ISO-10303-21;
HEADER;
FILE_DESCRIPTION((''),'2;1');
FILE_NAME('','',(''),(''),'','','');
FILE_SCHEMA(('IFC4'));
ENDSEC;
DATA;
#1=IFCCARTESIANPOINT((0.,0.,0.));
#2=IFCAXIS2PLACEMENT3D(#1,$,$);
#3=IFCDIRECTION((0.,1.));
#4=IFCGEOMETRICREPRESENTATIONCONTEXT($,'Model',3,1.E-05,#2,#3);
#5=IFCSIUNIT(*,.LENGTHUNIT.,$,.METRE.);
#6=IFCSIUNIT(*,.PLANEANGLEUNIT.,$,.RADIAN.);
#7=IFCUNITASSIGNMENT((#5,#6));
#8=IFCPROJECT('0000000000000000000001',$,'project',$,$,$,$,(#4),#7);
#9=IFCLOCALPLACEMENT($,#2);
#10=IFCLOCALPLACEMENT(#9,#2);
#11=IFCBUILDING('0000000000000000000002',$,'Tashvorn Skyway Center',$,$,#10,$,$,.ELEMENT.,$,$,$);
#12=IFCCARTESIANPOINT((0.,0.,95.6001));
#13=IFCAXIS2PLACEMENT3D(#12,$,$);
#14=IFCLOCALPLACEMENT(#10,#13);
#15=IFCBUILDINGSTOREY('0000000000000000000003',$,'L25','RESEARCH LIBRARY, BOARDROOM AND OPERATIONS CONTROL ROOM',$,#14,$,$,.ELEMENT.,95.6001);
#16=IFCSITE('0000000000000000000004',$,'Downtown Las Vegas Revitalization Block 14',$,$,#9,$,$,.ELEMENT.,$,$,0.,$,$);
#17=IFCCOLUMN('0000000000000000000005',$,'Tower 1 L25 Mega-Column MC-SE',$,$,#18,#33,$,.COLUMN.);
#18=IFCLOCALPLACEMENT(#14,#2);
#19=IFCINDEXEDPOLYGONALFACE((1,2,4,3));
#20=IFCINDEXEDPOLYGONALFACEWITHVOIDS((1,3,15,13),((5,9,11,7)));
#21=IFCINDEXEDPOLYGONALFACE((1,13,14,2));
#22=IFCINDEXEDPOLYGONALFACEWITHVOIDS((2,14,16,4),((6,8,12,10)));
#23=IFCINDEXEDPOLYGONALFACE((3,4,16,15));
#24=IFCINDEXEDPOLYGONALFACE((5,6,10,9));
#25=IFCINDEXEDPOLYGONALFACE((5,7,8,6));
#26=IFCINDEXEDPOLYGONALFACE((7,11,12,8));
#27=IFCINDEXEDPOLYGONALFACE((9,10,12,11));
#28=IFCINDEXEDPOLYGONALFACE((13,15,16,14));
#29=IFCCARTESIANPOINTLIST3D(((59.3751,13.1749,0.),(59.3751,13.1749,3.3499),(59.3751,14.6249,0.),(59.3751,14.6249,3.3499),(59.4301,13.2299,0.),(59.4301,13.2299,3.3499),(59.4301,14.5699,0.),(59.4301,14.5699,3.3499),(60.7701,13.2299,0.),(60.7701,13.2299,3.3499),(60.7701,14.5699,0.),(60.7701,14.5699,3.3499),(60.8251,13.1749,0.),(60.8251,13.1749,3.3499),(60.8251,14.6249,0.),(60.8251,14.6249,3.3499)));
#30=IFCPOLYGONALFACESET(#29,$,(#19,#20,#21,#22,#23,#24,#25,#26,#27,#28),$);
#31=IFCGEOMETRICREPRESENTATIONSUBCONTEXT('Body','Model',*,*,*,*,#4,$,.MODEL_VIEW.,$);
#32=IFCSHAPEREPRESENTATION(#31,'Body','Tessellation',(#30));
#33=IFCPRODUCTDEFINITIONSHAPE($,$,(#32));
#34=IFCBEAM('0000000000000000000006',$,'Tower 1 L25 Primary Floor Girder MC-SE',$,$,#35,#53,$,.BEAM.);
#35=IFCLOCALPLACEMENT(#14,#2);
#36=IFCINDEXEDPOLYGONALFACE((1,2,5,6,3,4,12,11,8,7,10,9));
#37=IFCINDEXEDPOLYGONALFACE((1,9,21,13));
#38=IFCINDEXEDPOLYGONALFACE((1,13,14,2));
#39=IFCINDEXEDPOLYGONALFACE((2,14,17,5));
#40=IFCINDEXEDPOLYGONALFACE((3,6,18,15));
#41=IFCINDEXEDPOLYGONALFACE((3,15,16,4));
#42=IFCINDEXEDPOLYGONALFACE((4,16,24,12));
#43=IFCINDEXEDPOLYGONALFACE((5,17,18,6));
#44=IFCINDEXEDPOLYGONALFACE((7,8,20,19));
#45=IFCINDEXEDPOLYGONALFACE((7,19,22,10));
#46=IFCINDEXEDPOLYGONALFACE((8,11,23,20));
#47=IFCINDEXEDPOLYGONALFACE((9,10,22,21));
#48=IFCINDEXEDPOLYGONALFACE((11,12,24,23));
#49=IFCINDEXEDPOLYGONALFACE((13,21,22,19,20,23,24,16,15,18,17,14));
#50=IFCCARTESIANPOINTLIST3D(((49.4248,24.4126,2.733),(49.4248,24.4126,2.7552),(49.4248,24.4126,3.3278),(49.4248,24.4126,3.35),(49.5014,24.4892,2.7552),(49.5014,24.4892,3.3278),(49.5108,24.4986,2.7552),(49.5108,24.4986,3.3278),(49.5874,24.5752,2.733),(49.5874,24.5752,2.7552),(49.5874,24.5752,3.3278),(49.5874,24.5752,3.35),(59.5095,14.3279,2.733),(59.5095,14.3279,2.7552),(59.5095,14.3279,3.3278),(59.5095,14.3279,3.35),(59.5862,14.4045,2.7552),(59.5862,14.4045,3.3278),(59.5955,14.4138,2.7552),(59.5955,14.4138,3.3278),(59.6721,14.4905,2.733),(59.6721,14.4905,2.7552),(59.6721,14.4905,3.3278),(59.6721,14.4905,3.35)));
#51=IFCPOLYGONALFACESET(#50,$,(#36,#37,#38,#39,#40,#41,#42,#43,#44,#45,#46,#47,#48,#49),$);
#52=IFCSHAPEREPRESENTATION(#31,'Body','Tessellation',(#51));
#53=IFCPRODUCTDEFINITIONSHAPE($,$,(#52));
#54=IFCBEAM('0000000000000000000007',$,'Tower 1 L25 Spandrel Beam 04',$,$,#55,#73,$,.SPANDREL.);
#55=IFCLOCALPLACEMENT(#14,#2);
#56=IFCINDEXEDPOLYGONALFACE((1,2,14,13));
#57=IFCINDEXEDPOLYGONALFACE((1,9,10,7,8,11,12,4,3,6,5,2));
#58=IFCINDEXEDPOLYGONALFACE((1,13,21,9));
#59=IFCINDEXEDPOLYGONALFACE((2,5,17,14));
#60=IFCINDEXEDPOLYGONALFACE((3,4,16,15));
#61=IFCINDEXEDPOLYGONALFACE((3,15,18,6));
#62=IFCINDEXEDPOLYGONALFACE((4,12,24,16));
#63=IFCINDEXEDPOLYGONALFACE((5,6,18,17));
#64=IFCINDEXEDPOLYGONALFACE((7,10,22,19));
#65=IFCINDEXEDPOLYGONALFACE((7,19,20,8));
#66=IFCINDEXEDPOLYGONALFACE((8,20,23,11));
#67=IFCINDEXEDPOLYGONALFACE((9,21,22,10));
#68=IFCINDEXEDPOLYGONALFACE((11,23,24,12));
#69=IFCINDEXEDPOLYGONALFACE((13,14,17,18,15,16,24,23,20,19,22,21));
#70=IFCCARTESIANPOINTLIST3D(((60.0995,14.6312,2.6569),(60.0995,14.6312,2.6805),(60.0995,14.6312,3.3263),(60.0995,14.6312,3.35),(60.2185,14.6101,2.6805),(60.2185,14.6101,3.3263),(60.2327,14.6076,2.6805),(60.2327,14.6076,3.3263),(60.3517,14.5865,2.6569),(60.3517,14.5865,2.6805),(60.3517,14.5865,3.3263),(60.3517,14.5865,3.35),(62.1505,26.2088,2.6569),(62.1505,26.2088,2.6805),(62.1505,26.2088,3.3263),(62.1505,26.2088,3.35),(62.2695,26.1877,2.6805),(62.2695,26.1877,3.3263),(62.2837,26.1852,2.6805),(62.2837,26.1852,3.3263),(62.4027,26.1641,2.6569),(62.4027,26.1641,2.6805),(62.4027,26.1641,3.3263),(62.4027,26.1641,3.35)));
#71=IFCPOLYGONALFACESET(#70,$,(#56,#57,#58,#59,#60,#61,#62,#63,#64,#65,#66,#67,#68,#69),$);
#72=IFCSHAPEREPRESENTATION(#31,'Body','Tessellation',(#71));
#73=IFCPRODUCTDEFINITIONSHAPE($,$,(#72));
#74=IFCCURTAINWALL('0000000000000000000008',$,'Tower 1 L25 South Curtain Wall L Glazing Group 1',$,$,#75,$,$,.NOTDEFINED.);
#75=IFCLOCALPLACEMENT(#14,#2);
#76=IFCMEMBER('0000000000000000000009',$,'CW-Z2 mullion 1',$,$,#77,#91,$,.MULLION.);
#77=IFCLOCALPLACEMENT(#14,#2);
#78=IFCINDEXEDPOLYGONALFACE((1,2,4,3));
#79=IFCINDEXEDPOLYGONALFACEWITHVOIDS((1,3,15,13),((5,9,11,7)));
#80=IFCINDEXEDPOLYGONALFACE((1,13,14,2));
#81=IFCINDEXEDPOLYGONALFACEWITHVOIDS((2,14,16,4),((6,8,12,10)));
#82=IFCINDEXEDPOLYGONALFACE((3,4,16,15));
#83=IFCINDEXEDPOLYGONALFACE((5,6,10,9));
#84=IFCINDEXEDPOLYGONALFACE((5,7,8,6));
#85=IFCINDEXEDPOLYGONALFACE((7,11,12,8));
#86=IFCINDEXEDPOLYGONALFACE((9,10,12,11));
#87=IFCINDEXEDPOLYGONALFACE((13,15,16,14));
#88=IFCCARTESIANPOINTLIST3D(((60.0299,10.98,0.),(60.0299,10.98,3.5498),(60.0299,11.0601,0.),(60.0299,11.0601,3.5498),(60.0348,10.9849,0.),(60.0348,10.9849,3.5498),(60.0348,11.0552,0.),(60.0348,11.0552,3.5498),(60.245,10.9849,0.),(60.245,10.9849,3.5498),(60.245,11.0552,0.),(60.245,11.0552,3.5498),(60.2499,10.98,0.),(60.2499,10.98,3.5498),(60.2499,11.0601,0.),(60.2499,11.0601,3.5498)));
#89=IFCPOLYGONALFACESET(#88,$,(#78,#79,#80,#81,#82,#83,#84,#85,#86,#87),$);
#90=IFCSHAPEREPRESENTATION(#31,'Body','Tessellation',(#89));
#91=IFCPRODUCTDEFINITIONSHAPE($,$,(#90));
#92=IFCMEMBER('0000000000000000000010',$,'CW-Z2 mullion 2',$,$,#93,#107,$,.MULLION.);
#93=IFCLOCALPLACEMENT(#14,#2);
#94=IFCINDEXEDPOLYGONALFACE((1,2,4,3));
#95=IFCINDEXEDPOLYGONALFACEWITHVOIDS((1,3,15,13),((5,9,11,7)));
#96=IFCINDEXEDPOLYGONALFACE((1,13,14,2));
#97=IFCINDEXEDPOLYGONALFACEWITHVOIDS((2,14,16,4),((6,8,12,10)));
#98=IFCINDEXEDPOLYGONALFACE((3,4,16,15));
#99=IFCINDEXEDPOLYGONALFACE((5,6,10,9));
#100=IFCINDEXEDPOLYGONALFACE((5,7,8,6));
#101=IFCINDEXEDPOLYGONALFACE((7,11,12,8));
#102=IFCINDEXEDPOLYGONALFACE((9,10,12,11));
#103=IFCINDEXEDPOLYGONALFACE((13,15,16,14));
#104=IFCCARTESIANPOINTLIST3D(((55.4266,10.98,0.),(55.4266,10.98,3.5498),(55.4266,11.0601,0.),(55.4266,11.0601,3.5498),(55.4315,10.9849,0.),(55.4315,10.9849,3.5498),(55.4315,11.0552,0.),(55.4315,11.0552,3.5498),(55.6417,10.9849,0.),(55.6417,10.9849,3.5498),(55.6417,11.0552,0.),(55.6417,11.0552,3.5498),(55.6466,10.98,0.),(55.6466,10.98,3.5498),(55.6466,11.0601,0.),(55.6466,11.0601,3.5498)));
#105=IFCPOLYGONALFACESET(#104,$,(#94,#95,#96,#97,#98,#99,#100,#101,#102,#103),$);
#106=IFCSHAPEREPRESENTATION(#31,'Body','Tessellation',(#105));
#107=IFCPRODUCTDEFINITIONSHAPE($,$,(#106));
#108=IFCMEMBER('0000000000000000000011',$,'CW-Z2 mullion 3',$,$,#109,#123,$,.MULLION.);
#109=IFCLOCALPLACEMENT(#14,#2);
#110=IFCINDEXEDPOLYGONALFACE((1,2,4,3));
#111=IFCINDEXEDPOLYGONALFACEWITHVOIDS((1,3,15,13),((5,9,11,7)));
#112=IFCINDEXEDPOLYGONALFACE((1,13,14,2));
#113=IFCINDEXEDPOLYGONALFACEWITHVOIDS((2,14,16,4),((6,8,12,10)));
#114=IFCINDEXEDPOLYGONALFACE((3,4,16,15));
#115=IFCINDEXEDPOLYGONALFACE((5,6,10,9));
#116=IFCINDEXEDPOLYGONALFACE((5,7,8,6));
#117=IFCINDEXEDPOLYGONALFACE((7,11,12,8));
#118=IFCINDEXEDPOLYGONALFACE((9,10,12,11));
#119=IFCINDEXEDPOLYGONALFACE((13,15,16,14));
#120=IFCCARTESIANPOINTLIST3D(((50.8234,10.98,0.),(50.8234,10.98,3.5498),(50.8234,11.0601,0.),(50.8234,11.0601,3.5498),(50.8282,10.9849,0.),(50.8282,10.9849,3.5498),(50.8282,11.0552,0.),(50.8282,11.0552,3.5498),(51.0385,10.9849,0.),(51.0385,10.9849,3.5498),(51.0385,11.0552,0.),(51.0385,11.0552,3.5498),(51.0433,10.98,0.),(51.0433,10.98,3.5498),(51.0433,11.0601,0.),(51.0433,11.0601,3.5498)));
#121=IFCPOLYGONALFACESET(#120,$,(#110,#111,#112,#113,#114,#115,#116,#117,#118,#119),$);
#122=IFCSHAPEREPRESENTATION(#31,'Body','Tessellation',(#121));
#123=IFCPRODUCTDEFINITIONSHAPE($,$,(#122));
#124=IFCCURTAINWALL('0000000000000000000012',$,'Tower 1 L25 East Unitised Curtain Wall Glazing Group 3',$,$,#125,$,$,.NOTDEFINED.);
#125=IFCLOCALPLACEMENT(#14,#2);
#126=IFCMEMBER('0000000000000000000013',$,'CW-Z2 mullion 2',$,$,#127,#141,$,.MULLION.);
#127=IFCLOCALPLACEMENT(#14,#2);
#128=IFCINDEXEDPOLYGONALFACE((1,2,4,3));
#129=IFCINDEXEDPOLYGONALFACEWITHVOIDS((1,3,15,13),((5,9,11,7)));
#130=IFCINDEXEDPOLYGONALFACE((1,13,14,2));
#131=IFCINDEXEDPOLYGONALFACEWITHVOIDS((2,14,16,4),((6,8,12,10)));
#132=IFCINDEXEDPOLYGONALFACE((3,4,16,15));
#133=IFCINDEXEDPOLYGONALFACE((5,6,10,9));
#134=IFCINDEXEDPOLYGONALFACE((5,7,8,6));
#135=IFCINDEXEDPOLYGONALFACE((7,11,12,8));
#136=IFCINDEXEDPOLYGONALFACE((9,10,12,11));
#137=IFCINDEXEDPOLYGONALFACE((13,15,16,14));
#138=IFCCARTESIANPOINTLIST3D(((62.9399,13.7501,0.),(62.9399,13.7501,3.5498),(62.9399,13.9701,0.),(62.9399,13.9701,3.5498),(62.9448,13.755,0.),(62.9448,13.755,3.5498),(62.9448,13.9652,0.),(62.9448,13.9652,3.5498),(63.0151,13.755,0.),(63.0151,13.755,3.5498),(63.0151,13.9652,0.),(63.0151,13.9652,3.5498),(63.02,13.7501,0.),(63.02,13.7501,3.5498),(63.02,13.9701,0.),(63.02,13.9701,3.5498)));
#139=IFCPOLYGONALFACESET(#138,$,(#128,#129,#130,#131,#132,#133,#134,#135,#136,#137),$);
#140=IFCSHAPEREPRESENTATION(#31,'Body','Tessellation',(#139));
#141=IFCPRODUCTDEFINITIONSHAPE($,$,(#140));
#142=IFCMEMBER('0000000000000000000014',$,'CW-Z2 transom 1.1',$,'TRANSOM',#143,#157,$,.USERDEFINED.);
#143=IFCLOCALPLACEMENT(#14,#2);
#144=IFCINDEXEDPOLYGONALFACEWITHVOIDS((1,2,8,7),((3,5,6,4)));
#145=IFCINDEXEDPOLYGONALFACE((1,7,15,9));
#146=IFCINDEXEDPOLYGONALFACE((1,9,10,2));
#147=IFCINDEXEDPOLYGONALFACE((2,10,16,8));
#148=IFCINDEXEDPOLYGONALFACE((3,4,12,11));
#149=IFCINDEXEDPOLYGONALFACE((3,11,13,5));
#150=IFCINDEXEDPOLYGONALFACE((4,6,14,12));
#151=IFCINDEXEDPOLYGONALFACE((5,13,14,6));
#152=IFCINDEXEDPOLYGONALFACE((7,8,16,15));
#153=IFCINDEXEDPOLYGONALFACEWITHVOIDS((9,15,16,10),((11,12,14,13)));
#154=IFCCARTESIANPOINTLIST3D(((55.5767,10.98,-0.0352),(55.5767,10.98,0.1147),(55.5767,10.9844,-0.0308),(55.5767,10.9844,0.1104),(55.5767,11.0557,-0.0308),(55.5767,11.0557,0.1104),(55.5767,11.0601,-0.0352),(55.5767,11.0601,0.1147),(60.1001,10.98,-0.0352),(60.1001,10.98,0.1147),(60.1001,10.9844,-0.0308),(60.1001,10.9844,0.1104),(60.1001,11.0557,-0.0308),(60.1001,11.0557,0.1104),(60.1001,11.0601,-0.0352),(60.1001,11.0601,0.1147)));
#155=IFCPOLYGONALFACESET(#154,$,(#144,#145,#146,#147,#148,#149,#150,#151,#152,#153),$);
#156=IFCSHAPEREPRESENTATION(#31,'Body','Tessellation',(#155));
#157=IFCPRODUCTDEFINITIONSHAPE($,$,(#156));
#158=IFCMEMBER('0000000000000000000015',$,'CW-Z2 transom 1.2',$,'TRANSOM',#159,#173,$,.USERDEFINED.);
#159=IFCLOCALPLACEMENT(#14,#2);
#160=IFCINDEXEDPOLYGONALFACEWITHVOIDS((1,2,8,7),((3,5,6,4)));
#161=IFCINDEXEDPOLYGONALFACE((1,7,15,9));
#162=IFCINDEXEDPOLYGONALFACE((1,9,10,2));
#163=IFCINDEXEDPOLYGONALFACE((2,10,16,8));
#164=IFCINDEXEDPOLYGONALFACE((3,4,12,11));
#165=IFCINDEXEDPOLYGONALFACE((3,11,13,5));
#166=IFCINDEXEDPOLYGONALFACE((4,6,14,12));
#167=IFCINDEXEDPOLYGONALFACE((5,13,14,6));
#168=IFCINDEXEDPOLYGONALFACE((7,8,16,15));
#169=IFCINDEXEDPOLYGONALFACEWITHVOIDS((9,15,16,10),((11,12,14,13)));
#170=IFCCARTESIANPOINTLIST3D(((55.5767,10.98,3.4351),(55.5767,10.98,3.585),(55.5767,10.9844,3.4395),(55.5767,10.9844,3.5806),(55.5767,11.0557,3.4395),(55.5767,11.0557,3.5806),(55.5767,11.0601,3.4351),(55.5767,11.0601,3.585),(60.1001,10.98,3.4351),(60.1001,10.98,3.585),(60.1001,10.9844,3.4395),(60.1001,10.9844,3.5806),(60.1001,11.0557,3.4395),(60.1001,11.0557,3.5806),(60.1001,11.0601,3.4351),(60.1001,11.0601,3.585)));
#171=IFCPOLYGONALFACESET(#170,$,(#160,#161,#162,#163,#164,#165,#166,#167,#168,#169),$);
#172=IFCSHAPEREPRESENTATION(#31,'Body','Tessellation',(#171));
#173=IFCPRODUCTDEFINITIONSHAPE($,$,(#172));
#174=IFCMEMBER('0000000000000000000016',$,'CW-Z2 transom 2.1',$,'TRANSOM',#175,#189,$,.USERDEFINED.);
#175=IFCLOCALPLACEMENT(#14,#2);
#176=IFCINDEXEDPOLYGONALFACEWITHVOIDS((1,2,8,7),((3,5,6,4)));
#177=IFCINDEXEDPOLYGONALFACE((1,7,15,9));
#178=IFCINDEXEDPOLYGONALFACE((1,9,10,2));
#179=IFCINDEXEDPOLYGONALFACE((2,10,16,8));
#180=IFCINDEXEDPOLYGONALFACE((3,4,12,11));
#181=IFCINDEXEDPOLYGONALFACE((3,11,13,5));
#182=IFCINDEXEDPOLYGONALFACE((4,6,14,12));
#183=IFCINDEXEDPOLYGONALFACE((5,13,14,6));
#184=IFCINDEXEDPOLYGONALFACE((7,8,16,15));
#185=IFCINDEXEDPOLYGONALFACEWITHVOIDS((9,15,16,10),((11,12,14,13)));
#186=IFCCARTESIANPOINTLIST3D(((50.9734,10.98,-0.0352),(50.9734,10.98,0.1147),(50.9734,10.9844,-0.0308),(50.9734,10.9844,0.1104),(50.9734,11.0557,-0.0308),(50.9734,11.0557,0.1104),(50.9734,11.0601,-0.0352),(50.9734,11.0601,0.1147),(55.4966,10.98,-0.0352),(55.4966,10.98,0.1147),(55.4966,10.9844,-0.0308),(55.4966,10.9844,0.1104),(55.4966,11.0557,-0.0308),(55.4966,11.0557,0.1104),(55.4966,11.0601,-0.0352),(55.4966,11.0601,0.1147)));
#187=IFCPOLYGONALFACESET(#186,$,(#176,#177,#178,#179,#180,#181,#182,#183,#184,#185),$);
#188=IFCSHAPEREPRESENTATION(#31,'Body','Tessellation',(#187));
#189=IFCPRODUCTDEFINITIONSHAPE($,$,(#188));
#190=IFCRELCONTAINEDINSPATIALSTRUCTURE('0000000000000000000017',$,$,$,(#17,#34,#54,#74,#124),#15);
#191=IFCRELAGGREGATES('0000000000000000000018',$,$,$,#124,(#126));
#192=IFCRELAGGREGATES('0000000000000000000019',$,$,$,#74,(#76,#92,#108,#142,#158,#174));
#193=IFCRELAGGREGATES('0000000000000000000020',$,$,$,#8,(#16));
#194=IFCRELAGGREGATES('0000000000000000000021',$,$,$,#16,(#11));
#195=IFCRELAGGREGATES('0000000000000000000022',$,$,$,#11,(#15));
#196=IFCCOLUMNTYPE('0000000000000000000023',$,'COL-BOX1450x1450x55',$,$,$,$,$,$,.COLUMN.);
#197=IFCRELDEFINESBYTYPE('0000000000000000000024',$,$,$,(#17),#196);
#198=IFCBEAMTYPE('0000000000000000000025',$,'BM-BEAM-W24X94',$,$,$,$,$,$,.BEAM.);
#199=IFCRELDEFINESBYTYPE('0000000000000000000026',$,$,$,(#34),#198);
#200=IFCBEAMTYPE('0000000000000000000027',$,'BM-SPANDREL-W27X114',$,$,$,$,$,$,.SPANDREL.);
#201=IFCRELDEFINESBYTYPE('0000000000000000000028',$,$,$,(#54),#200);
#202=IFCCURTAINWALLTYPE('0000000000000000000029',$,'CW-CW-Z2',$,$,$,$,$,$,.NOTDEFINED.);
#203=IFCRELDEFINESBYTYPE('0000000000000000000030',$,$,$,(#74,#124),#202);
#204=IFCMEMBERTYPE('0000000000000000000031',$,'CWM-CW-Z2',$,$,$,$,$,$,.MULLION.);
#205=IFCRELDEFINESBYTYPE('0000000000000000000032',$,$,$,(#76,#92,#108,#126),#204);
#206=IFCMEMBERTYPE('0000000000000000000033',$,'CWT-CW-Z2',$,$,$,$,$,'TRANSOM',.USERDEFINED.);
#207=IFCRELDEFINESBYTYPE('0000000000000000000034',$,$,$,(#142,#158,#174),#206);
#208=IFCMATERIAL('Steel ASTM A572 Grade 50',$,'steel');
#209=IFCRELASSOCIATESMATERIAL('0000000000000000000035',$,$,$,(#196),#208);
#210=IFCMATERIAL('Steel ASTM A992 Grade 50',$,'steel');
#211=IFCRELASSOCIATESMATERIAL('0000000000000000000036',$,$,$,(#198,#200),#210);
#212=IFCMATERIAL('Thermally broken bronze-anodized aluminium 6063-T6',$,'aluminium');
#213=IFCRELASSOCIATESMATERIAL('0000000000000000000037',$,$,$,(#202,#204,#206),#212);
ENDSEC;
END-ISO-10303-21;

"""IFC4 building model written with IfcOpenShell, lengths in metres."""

from ifc_helpers import new_model, si_unit, direction, frame, origin, origin_2d, place, context, subcontext, project, spatial, hollow_rectangle, i_section, extrude, material, material_profile, profile_set, type_object, element, aggregate, save


model = new_model("IFC4")

# Units and contexts
model_context = context("Model", 3, precision=1e-05, world=origin(), true_north=direction((0.0, 1.0)))
body_context = subcontext(model_context, "Body", "Model", "MODEL_VIEW")
ifc_project = project(units=[si_unit("LENGTHUNIT", "METRE"), si_unit("PLANEANGLEUNIT", "RADIAN")], contexts=[model_context])

# Site, building, storey
site_placement = place(None, origin())
site = spatial("IfcSite", under=ifc_project, at=site_placement, Name="Downtown Las Vegas Revitalization Block 14", CompositionType="ELEMENT", RefElevation=0.0)
building_placement = place(site_placement, origin())
building = spatial("IfcBuilding", under=site, at=building_placement, Name="Tashvorn Skyway Center", CompositionType="ELEMENT")
storey_placement = place(building_placement, frame((0.0, 0.0, 95.6001)))
storey = spatial("IfcBuildingStorey", under=building, at=storey_placement, Name="L25", Description="RESEARCH LIBRARY, BOARDROOM AND OPERATIONS CONTROL ROOM", CompositionType="ELEMENT", Elevation=95.6001)

# Column
ifc_material_1 = material(Name="Steel ASTM A572 Grade 50", Category="steel")
ifc_material_profile_1 = material_profile(ifc_material_1, hollow_rectangle(XDim=1.45, YDim=1.45, WallThickness=0.0549, at=origin_2d()), Name="BOX1450x1450x55")
ifc_profile_set_1 = profile_set([ifc_material_profile_1], Name="Steel ASTM A572 Grade 50")
column_type = type_object("IfcColumnType", Name="COL-BOX1450x1450x55", PredefinedType="COLUMN", material=ifc_profile_set_1)
column_placement = place(storey_placement, frame((60.1001, 13.8999, 0.0), z_axis=(0.0, 0.0, 1.0), x_axis=(1.0, 0.0, 0.0)))
element("IfcColumn", 1, at=column_placement, inside=storey, type_object=column_type, Name="Tower 1 L25 Mega-Column MC-SE", PredefinedType="COLUMN", context=body_context, shape_type="SweptSolid", body=[
    extrude(hollow_rectangle(XDim=1.45, YDim=1.45, WallThickness=0.0549, at=origin_2d()), origin(), (0.0, 0.0, 1.0), 3.3499),
])

# Beams
ifc_material_2 = material(Name="Steel ASTM A992 Grade 50", Category="steel")
ifc_material_profile_2 = material_profile(ifc_material_2, i_section(OverallWidth=0.23, OverallDepth=0.6169, WebThickness=0.0132, FlangeThickness=0.0222, at=origin_2d()), Name="W24X94")
ifc_profile_set_2 = profile_set([ifc_material_profile_2], Name="Steel ASTM A992 Grade 50")
beam_type_1 = type_object("IfcBeamType", Name="BM-BEAM-W24X94", PredefinedType="BEAM", material=ifc_profile_set_2)
beam_1_placement = place(storey_placement, frame((59.5908, 14.4092, 3.0415), z_axis=(-0.707107, 0.707107, 0.0), x_axis=(-0.707107, -0.707107, 0.0)))
element("IfcBeam", 2, at=beam_1_placement, inside=storey, type_object=beam_type_1, Name="Tower 1 L25 Primary Floor Girder MC-SE", PredefinedType="BEAM", context=body_context, shape_type="SweptSolid", body=[
    extrude(i_section(OverallWidth=0.23, OverallDepth=0.6169, WebThickness=0.0132, FlangeThickness=0.0222, at=origin_2d()), origin(), (0.0, 0.0, 1.0), 14.262),
])
ifc_material_profile_3 = material_profile(ifc_material_2, i_section(OverallWidth=0.2561, OverallDepth=0.6931, WebThickness=0.0144, FlangeThickness=0.0237, at=origin_2d()), Name="W27X114")
ifc_profile_set_3 = profile_set([ifc_material_profile_3], Name="Steel ASTM A992 Grade 50")
beam_type_2 = type_object("IfcBeamType", Name="BM-SPANDREL-W27X114", PredefinedType="SPANDREL", material=ifc_profile_set_3)
beam_2_placement = place(storey_placement, frame((60.2256, 14.6089, 3.0034), z_axis=(0.174438, 0.984668, 0.0), x_axis=(-0.984668, 0.174438, 0.0)))
element("IfcBeam", 3, at=beam_2_placement, inside=storey, type_object=beam_type_2, Name="Tower 1 L25 Spandrel Beam 04", PredefinedType="SPANDREL", context=body_context, shape_type="SweptSolid", body=[
    extrude(i_section(OverallWidth=0.2561, OverallDepth=0.6931, WebThickness=0.0144, FlangeThickness=0.0237, at=origin_2d()), origin(), (0.0, 0.0, 1.0), 11.7578),
])

# Curtain wall, members
ifc_material_3 = material(Name="Thermally broken bronze-anodized aluminium 6063-T6", Category="aluminium")
curtain_wall_type = type_object("IfcCurtainWallType", Name="CW-CW-Z2", PredefinedType="NOTDEFINED", material=ifc_material_3)
curtain_wall_1_placement = place(storey_placement, origin())
curtain_wall_1 = element("IfcCurtainWall", 4, at=curtain_wall_1_placement, inside=storey, type_object=curtain_wall_type, Name="Tower 1 L25 South Curtain Wall L Glazing Group 1", PredefinedType="NOTDEFINED")
ifc_material_profile_4 = material_profile(ifc_material_3, hollow_rectangle(XDim=0.0801, YDim=0.22, WallThickness=0.0049, at=origin_2d()), Name="ALU-MULL-80x220")
ifc_profile_set_4 = profile_set([ifc_material_profile_4], Name="Thermally broken bronze-anodized aluminium 6063-T6")
member_type_1 = type_object("IfcMemberType", Name="CWM-CW-Z2", PredefinedType="MULLION", material=ifc_profile_set_4)
member_1_placement = place(storey_placement, frame((60.1399, 11.02, 0.0), z_axis=(0.0, 0.0, 1.0), x_axis=(0.0, -1.0, 0.0)))
member_1 = element("IfcMember", 5, at=member_1_placement, type_object=member_type_1, Name="CW-Z2 mullion 1", PredefinedType="MULLION", context=body_context, shape_type="SweptSolid", body=[
    extrude(hollow_rectangle(XDim=0.0801, YDim=0.22, WallThickness=0.0049, at=origin_2d()), origin(), (0.0, 0.0, 1.0), 3.5498),
])
member_2_placement = place(storey_placement, frame((55.5366, 11.02, 0.0), z_axis=(0.0, 0.0, 1.0), x_axis=(0.0, -1.0, 0.0)))
member_2 = element("IfcMember", 6, at=member_2_placement, type_object=member_type_1, Name="CW-Z2 mullion 2", PredefinedType="MULLION", context=body_context, shape_type="SweptSolid", body=[
    extrude(hollow_rectangle(XDim=0.0801, YDim=0.22, WallThickness=0.0049, at=origin_2d()), origin(), (0.0, 0.0, 1.0), 3.5498),
])
member_3_placement = place(storey_placement, frame((50.9333, 11.02, 0.0), z_axis=(0.0, 0.0, 1.0), x_axis=(0.0, -1.0, 0.0)))
member_3 = element("IfcMember", 7, at=member_3_placement, type_object=member_type_1, Name="CW-Z2 mullion 3", PredefinedType="MULLION", context=body_context, shape_type="SweptSolid", body=[
    extrude(hollow_rectangle(XDim=0.0801, YDim=0.22, WallThickness=0.0049, at=origin_2d()), origin(), (0.0, 0.0, 1.0), 3.5498),
])

# Curtain wall, member
curtain_wall_2_placement = place(storey_placement, origin())
curtain_wall_2 = element("IfcCurtainWall", 8, at=curtain_wall_2_placement, inside=storey, type_object=curtain_wall_type, Name="Tower 1 L25 East Unitised Curtain Wall Glazing Group 3", PredefinedType="NOTDEFINED")
member_4_placement = place(storey_placement, frame((62.98, 13.8601, 0.0), z_axis=(0.0, 0.0, 1.0), x_axis=(1.0, 0.0, 0.0)))
member_4 = element("IfcMember", 9, at=member_4_placement, type_object=member_type_1, Name="CW-Z2 mullion 2", PredefinedType="MULLION", context=body_context, shape_type="SweptSolid", body=[
    extrude(hollow_rectangle(XDim=0.0801, YDim=0.22, WallThickness=0.0049, at=origin_2d()), origin(), (0.0, 0.0, 1.0), 3.5498),
])
aggregate(curtain_wall_2, [member_4])

# Members
ifc_material_profile_5 = material_profile(ifc_material_3, hollow_rectangle(XDim=0.0801, YDim=0.1499, WallThickness=0.0044, at=origin_2d()), Name="ALU-TRAN-80x150")
ifc_profile_set_5 = profile_set([ifc_material_profile_5], Name="Thermally broken bronze-anodized aluminium 6063-T6")
member_type_2 = type_object("IfcMemberType", Name="CWT-CW-Z2", ElementType="TRANSOM", PredefinedType="USERDEFINED", material=ifc_profile_set_5)
member_5_placement = place(storey_placement, frame((60.1001, 11.02, 0.0398), z_axis=(-1.0, 0.0, 0.0), x_axis=(0.0, -1.0, 0.0)))
member_5 = element("IfcMember", 10, at=member_5_placement, type_object=member_type_2, Name="CW-Z2 transom 1.1", ObjectType="TRANSOM", PredefinedType="USERDEFINED", context=body_context, shape_type="SweptSolid", body=[
    extrude(hollow_rectangle(XDim=0.0801, YDim=0.1499, WallThickness=0.0044, at=origin_2d()), origin(), (0.0, 0.0, 1.0), 4.5234),
])
member_6_placement = place(storey_placement, frame((60.1001, 11.02, 3.51), z_axis=(-1.0, 0.0, 0.0), x_axis=(0.0, -1.0, 0.0)))
member_6 = element("IfcMember", 11, at=member_6_placement, type_object=member_type_2, Name="CW-Z2 transom 1.2", ObjectType="TRANSOM", PredefinedType="USERDEFINED", context=body_context, shape_type="SweptSolid", body=[
    extrude(hollow_rectangle(XDim=0.0801, YDim=0.1499, WallThickness=0.0044, at=origin_2d()), origin(), (0.0, 0.0, 1.0), 4.5234),
])
member_7_placement = place(storey_placement, frame((55.4966, 11.02, 0.0398), z_axis=(-1.0, 0.0, 0.0), x_axis=(0.0, -1.0, 0.0)))
member_7 = element("IfcMember", 12, at=member_7_placement, type_object=member_type_2, Name="CW-Z2 transom 2.1", ObjectType="TRANSOM", PredefinedType="USERDEFINED", context=body_context, shape_type="SweptSolid", body=[
    extrude(hollow_rectangle(XDim=0.0801, YDim=0.1499, WallThickness=0.0044, at=origin_2d()), origin(), (0.0, 0.0, 1.0), 4.5232),
])

aggregate(curtain_wall_1, [member_1, member_2, member_3, member_5, member_6, member_7])

save(model, "model.ifc")
